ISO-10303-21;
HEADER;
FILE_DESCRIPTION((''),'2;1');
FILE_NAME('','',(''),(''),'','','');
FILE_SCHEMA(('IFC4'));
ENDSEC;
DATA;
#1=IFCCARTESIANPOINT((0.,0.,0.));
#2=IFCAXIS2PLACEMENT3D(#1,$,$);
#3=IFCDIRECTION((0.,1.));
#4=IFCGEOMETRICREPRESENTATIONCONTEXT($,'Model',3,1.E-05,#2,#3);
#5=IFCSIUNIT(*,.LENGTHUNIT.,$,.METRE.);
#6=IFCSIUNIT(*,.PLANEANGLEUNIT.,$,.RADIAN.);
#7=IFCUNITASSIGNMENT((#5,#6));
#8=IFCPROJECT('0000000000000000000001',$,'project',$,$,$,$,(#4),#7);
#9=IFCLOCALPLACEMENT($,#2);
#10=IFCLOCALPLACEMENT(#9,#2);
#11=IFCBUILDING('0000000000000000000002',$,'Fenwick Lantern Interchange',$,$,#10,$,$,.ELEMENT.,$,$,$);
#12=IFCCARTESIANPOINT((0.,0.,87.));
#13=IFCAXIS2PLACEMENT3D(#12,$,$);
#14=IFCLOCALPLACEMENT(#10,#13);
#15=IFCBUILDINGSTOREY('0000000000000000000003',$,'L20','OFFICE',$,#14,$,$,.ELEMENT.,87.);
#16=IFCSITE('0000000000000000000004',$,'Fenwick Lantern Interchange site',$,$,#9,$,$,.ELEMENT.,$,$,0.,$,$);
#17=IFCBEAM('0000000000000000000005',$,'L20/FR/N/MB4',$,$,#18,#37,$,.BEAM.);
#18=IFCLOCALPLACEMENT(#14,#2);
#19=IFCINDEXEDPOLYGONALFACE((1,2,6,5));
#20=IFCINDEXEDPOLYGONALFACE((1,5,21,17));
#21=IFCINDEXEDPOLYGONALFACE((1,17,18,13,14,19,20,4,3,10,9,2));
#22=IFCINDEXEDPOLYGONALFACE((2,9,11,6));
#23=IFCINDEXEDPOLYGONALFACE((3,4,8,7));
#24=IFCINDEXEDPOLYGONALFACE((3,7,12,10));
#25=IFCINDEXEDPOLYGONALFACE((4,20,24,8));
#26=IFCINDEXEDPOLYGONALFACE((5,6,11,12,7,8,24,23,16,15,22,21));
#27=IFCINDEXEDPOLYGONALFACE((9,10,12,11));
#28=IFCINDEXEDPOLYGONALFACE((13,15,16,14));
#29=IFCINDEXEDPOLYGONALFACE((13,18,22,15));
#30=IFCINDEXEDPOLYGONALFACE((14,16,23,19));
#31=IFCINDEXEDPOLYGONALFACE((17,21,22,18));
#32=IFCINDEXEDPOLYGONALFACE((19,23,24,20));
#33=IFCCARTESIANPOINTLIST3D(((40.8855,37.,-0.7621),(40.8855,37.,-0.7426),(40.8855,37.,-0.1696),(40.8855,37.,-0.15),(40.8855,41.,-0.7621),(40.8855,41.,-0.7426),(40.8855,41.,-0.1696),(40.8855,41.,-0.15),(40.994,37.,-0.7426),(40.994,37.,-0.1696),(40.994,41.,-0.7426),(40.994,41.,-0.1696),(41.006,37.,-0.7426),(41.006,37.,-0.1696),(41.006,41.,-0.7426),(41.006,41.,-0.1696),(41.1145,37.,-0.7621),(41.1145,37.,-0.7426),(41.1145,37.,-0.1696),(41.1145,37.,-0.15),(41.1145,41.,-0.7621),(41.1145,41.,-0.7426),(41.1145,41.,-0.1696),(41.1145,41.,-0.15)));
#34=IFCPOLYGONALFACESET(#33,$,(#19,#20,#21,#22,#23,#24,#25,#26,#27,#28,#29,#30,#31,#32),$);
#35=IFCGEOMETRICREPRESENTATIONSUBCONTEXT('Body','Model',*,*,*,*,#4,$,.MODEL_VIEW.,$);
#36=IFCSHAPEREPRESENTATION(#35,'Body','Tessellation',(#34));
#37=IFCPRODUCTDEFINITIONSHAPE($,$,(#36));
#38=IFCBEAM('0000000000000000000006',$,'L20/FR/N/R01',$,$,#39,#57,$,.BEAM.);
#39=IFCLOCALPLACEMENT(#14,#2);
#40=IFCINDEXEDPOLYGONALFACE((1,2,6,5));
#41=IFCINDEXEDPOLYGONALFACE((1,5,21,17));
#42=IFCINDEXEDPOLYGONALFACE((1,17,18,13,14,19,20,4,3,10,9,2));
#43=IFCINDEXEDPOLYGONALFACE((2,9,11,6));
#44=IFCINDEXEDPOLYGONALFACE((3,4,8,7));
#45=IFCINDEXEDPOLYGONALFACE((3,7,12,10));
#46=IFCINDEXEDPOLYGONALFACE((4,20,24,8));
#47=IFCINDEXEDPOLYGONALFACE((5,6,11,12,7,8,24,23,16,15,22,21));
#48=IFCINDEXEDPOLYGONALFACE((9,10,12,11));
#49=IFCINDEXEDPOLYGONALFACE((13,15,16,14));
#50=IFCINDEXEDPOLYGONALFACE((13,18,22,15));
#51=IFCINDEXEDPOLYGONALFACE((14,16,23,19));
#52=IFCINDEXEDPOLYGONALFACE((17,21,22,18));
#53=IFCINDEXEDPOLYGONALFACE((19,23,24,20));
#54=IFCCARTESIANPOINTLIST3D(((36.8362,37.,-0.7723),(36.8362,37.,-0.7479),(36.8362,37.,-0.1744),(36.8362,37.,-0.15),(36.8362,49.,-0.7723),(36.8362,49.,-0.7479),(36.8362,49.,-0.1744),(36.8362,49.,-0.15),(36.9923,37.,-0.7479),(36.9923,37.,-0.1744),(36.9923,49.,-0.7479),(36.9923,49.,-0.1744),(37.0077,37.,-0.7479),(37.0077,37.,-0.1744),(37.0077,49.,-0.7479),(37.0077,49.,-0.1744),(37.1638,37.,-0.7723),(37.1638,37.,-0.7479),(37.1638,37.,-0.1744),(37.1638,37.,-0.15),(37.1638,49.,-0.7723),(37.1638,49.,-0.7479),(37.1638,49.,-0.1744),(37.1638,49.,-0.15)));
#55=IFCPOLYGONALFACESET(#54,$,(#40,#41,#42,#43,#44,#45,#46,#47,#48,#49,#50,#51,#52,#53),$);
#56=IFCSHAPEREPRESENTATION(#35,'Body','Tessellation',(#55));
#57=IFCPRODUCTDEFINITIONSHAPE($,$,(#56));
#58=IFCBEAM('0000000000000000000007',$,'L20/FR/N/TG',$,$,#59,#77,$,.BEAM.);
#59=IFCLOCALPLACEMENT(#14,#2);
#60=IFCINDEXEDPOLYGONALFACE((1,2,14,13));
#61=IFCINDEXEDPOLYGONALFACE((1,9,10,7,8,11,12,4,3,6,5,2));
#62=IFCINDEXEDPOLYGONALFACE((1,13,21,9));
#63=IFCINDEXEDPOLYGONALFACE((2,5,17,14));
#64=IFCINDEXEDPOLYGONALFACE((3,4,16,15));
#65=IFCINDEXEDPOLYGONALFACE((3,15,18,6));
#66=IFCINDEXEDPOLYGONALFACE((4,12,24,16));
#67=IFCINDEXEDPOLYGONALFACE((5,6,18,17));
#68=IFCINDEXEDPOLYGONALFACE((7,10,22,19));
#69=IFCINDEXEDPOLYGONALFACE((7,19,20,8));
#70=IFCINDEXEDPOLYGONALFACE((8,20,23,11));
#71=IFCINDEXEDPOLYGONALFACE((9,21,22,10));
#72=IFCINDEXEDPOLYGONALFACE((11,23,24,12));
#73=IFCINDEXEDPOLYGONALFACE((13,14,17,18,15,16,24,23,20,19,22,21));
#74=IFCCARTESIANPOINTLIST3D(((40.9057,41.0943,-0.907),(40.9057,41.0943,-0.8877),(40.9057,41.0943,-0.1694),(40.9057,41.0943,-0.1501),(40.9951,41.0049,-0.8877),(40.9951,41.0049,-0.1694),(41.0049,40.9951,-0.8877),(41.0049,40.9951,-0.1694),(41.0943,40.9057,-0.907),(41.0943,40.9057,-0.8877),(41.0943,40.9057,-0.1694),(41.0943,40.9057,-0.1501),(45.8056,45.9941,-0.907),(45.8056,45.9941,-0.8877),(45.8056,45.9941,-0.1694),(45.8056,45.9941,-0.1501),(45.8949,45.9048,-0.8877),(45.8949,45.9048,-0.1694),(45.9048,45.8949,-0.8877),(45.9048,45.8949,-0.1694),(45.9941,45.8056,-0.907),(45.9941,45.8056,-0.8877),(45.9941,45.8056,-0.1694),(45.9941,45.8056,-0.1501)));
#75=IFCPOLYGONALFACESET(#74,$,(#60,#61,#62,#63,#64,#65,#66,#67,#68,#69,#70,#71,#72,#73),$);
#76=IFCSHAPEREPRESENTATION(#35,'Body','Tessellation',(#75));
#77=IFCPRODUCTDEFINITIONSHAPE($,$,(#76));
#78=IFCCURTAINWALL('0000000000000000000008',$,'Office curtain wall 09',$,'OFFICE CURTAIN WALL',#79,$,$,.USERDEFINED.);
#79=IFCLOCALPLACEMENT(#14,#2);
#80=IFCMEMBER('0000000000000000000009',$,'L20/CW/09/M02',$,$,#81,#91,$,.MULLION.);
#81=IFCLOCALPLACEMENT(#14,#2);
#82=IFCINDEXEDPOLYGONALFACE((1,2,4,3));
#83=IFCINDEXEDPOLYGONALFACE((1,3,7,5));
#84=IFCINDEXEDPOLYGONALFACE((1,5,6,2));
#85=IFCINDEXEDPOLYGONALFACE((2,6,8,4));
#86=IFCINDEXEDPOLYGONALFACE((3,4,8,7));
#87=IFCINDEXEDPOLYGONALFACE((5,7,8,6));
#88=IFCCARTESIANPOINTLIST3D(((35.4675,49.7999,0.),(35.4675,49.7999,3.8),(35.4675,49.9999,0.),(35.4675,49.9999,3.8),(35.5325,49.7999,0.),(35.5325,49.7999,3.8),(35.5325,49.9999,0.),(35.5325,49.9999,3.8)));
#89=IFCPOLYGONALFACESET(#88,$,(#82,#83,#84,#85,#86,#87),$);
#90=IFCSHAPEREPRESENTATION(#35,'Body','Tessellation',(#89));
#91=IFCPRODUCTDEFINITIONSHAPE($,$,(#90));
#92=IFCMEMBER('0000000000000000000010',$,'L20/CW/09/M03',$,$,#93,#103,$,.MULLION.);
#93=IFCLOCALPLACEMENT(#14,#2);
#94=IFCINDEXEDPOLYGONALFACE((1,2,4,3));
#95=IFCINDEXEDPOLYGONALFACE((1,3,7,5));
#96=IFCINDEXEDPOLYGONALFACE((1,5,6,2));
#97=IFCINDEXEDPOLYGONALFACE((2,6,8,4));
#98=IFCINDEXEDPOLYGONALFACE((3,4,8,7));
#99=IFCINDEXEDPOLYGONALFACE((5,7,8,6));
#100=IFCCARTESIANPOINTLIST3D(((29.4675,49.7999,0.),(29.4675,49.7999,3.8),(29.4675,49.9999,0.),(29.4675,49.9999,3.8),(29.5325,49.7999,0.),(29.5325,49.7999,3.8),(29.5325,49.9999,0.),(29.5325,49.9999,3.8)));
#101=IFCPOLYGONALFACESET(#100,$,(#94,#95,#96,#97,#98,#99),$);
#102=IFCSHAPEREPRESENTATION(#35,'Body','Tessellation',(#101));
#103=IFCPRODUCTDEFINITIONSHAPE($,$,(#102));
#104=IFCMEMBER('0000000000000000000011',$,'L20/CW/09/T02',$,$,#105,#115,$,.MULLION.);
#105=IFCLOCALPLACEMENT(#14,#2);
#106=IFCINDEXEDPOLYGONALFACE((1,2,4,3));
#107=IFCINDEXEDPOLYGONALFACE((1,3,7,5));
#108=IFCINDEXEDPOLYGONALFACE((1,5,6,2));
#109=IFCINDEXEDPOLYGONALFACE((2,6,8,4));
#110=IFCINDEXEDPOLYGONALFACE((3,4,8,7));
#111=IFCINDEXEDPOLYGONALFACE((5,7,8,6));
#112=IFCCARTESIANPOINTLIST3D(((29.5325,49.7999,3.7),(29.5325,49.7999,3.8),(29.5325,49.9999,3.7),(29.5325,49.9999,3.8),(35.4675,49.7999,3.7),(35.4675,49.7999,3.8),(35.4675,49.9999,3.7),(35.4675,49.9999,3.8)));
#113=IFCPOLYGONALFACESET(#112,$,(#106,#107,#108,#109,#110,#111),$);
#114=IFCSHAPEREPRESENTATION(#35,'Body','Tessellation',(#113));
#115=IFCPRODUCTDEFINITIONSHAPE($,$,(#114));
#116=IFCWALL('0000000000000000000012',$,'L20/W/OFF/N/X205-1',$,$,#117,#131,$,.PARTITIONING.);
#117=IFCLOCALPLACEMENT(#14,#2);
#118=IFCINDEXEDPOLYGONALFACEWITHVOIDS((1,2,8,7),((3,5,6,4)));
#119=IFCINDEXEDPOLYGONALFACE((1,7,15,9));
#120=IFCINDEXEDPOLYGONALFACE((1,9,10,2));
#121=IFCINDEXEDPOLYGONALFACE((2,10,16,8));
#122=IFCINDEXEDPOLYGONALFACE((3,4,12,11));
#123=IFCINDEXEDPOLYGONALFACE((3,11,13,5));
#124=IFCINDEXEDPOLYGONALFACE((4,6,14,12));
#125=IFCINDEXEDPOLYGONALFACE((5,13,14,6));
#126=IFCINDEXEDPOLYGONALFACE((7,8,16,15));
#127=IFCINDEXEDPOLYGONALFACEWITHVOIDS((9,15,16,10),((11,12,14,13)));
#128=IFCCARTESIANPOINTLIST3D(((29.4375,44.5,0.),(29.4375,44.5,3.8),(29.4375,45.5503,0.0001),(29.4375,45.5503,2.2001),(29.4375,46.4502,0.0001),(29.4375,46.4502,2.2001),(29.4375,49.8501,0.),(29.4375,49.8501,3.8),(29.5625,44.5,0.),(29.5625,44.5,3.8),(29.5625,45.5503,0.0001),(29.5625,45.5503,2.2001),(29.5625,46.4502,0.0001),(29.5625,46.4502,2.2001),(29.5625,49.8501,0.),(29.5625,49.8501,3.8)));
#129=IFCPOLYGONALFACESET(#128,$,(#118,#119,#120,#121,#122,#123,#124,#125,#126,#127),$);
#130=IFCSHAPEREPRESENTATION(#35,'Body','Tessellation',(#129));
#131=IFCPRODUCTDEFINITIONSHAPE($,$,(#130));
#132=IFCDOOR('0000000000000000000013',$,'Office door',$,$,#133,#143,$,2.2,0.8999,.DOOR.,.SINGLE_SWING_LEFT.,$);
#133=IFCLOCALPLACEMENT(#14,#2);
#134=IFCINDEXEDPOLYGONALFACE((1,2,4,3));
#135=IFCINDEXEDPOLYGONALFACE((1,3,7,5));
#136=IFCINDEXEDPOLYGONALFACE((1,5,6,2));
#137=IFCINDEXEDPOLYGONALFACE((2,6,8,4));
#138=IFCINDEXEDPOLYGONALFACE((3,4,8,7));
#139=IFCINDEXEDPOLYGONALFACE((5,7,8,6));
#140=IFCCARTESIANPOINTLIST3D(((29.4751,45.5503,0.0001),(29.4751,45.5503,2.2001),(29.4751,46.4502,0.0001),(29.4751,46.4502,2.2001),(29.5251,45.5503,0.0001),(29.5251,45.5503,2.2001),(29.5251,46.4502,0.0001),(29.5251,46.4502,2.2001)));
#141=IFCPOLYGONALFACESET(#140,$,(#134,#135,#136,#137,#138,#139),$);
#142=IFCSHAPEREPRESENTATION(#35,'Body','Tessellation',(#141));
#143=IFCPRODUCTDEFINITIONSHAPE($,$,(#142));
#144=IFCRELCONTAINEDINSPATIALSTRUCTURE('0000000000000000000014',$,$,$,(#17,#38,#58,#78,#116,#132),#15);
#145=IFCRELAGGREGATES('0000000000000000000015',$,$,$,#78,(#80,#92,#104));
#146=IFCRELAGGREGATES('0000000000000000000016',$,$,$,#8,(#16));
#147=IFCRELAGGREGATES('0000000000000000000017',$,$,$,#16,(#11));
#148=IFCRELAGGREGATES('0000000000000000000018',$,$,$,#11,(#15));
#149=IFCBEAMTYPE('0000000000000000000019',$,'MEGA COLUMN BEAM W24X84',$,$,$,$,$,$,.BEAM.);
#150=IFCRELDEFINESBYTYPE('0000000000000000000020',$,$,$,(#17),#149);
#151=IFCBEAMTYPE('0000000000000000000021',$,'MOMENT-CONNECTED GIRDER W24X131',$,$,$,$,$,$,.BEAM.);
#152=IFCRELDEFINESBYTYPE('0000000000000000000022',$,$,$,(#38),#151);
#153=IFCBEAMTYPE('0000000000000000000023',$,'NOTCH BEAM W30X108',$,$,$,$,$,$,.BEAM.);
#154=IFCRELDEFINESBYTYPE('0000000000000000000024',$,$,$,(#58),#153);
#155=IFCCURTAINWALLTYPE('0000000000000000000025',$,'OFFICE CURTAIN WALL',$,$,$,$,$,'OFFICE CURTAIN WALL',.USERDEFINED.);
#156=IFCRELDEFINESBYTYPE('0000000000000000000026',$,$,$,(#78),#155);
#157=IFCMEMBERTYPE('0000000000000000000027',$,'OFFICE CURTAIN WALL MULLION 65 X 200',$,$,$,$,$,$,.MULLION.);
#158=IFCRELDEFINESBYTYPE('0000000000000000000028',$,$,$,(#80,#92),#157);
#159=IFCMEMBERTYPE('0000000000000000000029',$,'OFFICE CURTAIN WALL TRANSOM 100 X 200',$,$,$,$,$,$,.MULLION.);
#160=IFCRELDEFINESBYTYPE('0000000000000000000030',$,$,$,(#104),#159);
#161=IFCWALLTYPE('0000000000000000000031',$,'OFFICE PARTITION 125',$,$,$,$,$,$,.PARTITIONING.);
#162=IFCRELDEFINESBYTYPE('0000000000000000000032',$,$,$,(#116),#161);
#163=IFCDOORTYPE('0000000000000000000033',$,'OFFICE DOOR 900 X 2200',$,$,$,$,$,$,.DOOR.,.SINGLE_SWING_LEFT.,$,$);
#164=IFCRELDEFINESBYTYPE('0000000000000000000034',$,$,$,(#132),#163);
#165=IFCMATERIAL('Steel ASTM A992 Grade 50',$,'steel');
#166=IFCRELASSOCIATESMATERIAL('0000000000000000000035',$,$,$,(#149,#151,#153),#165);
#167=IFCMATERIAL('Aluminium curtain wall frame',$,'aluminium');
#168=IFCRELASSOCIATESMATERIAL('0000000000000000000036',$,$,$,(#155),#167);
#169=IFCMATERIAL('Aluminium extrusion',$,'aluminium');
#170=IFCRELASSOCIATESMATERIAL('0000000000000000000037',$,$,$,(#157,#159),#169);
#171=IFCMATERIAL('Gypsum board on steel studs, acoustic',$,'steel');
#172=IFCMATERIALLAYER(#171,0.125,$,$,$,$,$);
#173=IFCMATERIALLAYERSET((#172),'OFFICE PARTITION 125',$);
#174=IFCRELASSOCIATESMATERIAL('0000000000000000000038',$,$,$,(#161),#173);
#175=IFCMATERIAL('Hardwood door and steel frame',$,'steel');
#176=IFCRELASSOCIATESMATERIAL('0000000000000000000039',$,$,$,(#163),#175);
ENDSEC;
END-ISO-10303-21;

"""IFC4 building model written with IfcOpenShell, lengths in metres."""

from ifc_helpers import new_model, si_unit, direction, frame, frame_2d, origin, origin_2d, place, context, subcontext, project, spatial, rectangle, i_section, extrude, material, layer, layer_set, material_profile, profile_set, type_object, element, fill, aggregate, save


model = new_model("IFC4")

# Units and contexts
model_context = context("Model", 3, precision=1e-05, world=origin(), true_north=direction((0.0, 1.0)))
body_context = subcontext(model_context, "Body", "Model", "MODEL_VIEW")
ifc_project = project(units=[si_unit("LENGTHUNIT", "METRE"), si_unit("PLANEANGLEUNIT", "RADIAN")], contexts=[model_context])

# Site, building, storey
site_placement = place(None, origin())
site = spatial("IfcSite", under=ifc_project, at=site_placement, Name="Fenwick Lantern Interchange site", CompositionType="ELEMENT", RefElevation=0.0)
building_placement = place(site_placement, origin())
building = spatial("IfcBuilding", under=site, at=building_placement, Name="Fenwick Lantern Interchange", CompositionType="ELEMENT")
storey_placement = place(building_placement, frame((0.0, 0.0, 87.0)))
storey = spatial("IfcBuildingStorey", under=building, at=storey_placement, Name="L20", Description="OFFICE", CompositionType="ELEMENT", Elevation=87.0)

# Beams
ifc_material_1 = material(Name="Steel ASTM A992 Grade 50", Category="steel")
ifc_material_profile_1 = material_profile(ifc_material_1, i_section(OverallWidth=0.229, OverallDepth=0.6121, WebThickness=0.012, FlangeThickness=0.0195, at=origin_2d()), Name="W24X84")
ifc_profile_set_1 = profile_set([ifc_material_profile_1], Name="Steel ASTM A992 Grade 50")
beam_type_1 = type_object("IfcBeamType", Name="MEGA COLUMN BEAM W24X84", PredefinedType="BEAM", material=ifc_profile_set_1)
for number, where, z_axis, x_axis, name in (
    (1, (41.0, 41.0, -0.4561), (0.0, -1.0, 0.0), (1.0, 0.0, 0.0), "L20/FR/N/MB4"),
):
    element("IfcBeam", number, at=place(storey_placement, frame(where, z_axis=z_axis, x_axis=x_axis)), inside=storey, type_object=beam_type_1, Name=name, PredefinedType="BEAM", context=body_context, shape_type="SweptSolid", body=[
        extrude(i_section(OverallWidth=0.229, OverallDepth=0.6121, WebThickness=0.012, FlangeThickness=0.0195, at=origin_2d()), origin(), (0.0, 0.0, 1.0), 4.0),
    ])
ifc_material_profile_2 = material_profile(ifc_material_1, i_section(OverallWidth=0.3276, OverallDepth=0.6223, WebThickness=0.0154, FlangeThickness=0.0244, at=origin_2d()), Name="W24X131")
ifc_profile_set_2 = profile_set([ifc_material_profile_2], Name="Steel ASTM A992 Grade 50")
beam_type_2 = type_object("IfcBeamType", Name="MOMENT-CONNECTED GIRDER W24X131", PredefinedType="BEAM", material=ifc_profile_set_2)
beam_1_placement = place(storey_placement, frame((37.0, 49.0, -0.4612), z_axis=(0.0, -1.0, 0.0), x_axis=(1.0, 0.0, 0.0)))
element("IfcBeam", 2, at=beam_1_placement, inside=storey, type_object=beam_type_2, Name="L20/FR/N/R01", PredefinedType="BEAM", context=body_context, shape_type="SweptSolid", body=[
    extrude(i_section(OverallWidth=0.3276, OverallDepth=0.6223, WebThickness=0.0154, FlangeThickness=0.0244, at=origin_2d()), origin(), (0.0, 0.0, 1.0), 12.0),
])
ifc_material_profile_3 = material_profile(ifc_material_1, i_section(OverallWidth=0.2666, OverallDepth=0.7568, WebThickness=0.0139, FlangeThickness=0.0193, at=origin_2d()), Name="W30X108")
ifc_profile_set_3 = profile_set([ifc_material_profile_3], Name="Steel ASTM A992 Grade 50")
beam_type_3 = type_object("IfcBeamType", Name="NOTCH BEAM W30X108", PredefinedType="BEAM", material=ifc_profile_set_3)
beam_2_placement = place(storey_placement, frame((41.0, 41.0, -0.5286), z_axis=(0.707107, 0.707107, 0.0), x_axis=(-0.707107, 0.707107, 0.0)))
element("IfcBeam", 3, at=beam_2_placement, inside=storey, type_object=beam_type_3, Name="L20/FR/N/TG", PredefinedType="BEAM", context=body_context, shape_type="SweptSolid", body=[
    extrude(i_section(OverallWidth=0.2666, OverallDepth=0.7568, WebThickness=0.0139, FlangeThickness=0.0193, at=origin_2d()), origin(), (0.0, 0.0, 1.0), 6.9294),
])

# Curtain wall, members
ifc_material_2 = material(Name="Aluminium curtain wall frame", Category="aluminium")
curtain_wall_type = type_object("IfcCurtainWallType", Name="OFFICE CURTAIN WALL", ElementType="OFFICE CURTAIN WALL", PredefinedType="USERDEFINED", material=ifc_material_2)
curtain_wall_placement = place(storey_placement, origin())
curtain_wall = element("IfcCurtainWall", 4, at=curtain_wall_placement, inside=storey, type_object=curtain_wall_type, Name="Office curtain wall 09", ObjectType="OFFICE CURTAIN WALL", PredefinedType="USERDEFINED")
ifc_material_3 = material(Name="Aluminium extrusion", Category="aluminium")
ifc_material_profile_4 = material_profile(ifc_material_3, rectangle(XDim=0.2, YDim=0.0649, at=origin_2d()), Name="OFFICE CURTAIN WALL MULLION 65 X 200")
ifc_profile_set_4 = profile_set([ifc_material_profile_4], Name="Aluminium extrusion")
member_type_1 = type_object("IfcMemberType", Name="OFFICE CURTAIN WALL MULLION 65 X 200", PredefinedType="MULLION", material=ifc_profile_set_4)
member_1_placement = place(storey_placement, frame((35.5, 49.8999, 0.0), z_axis=(0.0, 0.0, 1.0), x_axis=(0.0, -1.0, 0.0)))
member_1 = element("IfcMember", 5, at=member_1_placement, type_object=member_type_1, Name="L20/CW/09/M02", PredefinedType="MULLION", context=body_context, shape_type="SweptSolid", body=[
    extrude(rectangle(XDim=0.2, YDim=0.0649, at=origin_2d()), origin(), (0.0, 0.0, 1.0), 3.8),
])
member_2_placement = place(storey_placement, frame((29.5, 49.8999, 0.0), z_axis=(0.0, 0.0, 1.0), x_axis=(0.0, -1.0, 0.0)))
member_2 = element("IfcMember", 6, at=member_2_placement, type_object=member_type_1, Name="L20/CW/09/M03", PredefinedType="MULLION", context=body_context, shape_type="SweptSolid", body=[
    extrude(rectangle(XDim=0.2, YDim=0.0649, at=origin_2d()), origin(), (0.0, 0.0, 1.0), 3.8),
])
ifc_material_profile_5 = material_profile(ifc_material_3, rectangle(XDim=0.2, YDim=0.1001, at=origin_2d()), Name="OFFICE CURTAIN WALL TRANSOM 100 X 200")
ifc_profile_set_5 = profile_set([ifc_material_profile_5], Name="Aluminium extrusion")
member_type_2 = type_object("IfcMemberType", Name="OFFICE CURTAIN WALL TRANSOM 100 X 200", PredefinedType="MULLION", material=ifc_profile_set_5)
member_3_placement = place(storey_placement, frame((35.4675, 49.8999, 3.75), z_axis=(-1.0, 0.0, 0.0), x_axis=(0.0, -1.0, 0.0)))
member_3 = element("IfcMember", 7, at=member_3_placement, type_object=member_type_2, Name="L20/CW/09/T02", PredefinedType="MULLION", context=body_context, shape_type="SweptSolid", body=[
    extrude(rectangle(XDim=0.2, YDim=0.1001, at=origin_2d()), origin(), (0.0, 0.0, 1.0), 5.9351),
])
aggregate(curtain_wall, [member_1, member_2, member_3])

# Wall, opening, door
ifc_material_4 = material(Name="Gypsum board on steel studs, acoustic", Category="steel")
ifc_layer = layer(ifc_material_4, 0.125)
ifc_layer_set = layer_set([ifc_layer], Name="OFFICE PARTITION 125")
wall_type = type_object("IfcWallType", Name="OFFICE PARTITION 125", PredefinedType="PARTITIONING", material=ifc_layer_set)
wall_placement = place(storey_placement, frame((29.5, 49.8501, 0.0), z_axis=(0.0, 0.0, 1.0), x_axis=(0.0, -1.0, 0.0)))
wall = element("IfcWall", 8, at=wall_placement, inside=storey, type_object=wall_type, Name="L20/W/OFF/N/X205-1", PredefinedType="PARTITIONING", context=body_context, shape_type="SweptSolid", body=[
    extrude(rectangle(XDim=5.3501, YDim=0.125, at=frame_2d((2.675, 0.0))), origin(), (0.0, 0.0, 1.0), 3.8),
])
opening_placement = place(wall_placement, frame((3.3999, 0.0, 0.0)))
opening = element("IfcOpeningElement", 9, at=opening_placement, cuts=wall, PredefinedType="OPENING", context=body_context, shape_type="SweptSolid", body=[
    extrude(rectangle(XDim=0.8999, YDim=2.2, at=frame_2d((0.45, 1.1001))), frame((0.0, 0.0725, 0.0), z_axis=(0.0, -1.0, 0.0), x_axis=(1.0, 0.0, 0.0)), (0.0, 0.0, 1.0), 0.145),
])
ifc_material_5 = material(Name="Hardwood door and steel frame", Category="steel")
door_type = type_object("IfcDoorType", Name="OFFICE DOOR 900 X 2200", OperationType="SINGLE_SWING_LEFT", PredefinedType="DOOR", material=ifc_material_5)
door_placement = place(opening_placement, frame((0.8999, 0.0, 0.0), z_axis=(0.0, 0.0, 1.0), x_axis=(-1.0, 0.0, 0.0)))
door = element("IfcDoor", 10, at=door_placement, inside=storey, type_object=door_type, Name="Office door", OperationType="SINGLE_SWING_LEFT", OverallHeight=2.2, OverallWidth=0.8999, PredefinedType="DOOR", context=body_context, shape_type="SweptSolid", body=[
    extrude(rectangle(XDim=0.8999, YDim=2.2, at=frame_2d((0.45, 1.1001))), frame((0.0, 0.0249, 0.0), z_axis=(0.0, -1.0, 0.0), x_axis=(1.0, 0.0, 0.0)), (0.0, 0.0, 1.0), 0.05),
])
fill(opening, door)

save(model, "model.ifc")
